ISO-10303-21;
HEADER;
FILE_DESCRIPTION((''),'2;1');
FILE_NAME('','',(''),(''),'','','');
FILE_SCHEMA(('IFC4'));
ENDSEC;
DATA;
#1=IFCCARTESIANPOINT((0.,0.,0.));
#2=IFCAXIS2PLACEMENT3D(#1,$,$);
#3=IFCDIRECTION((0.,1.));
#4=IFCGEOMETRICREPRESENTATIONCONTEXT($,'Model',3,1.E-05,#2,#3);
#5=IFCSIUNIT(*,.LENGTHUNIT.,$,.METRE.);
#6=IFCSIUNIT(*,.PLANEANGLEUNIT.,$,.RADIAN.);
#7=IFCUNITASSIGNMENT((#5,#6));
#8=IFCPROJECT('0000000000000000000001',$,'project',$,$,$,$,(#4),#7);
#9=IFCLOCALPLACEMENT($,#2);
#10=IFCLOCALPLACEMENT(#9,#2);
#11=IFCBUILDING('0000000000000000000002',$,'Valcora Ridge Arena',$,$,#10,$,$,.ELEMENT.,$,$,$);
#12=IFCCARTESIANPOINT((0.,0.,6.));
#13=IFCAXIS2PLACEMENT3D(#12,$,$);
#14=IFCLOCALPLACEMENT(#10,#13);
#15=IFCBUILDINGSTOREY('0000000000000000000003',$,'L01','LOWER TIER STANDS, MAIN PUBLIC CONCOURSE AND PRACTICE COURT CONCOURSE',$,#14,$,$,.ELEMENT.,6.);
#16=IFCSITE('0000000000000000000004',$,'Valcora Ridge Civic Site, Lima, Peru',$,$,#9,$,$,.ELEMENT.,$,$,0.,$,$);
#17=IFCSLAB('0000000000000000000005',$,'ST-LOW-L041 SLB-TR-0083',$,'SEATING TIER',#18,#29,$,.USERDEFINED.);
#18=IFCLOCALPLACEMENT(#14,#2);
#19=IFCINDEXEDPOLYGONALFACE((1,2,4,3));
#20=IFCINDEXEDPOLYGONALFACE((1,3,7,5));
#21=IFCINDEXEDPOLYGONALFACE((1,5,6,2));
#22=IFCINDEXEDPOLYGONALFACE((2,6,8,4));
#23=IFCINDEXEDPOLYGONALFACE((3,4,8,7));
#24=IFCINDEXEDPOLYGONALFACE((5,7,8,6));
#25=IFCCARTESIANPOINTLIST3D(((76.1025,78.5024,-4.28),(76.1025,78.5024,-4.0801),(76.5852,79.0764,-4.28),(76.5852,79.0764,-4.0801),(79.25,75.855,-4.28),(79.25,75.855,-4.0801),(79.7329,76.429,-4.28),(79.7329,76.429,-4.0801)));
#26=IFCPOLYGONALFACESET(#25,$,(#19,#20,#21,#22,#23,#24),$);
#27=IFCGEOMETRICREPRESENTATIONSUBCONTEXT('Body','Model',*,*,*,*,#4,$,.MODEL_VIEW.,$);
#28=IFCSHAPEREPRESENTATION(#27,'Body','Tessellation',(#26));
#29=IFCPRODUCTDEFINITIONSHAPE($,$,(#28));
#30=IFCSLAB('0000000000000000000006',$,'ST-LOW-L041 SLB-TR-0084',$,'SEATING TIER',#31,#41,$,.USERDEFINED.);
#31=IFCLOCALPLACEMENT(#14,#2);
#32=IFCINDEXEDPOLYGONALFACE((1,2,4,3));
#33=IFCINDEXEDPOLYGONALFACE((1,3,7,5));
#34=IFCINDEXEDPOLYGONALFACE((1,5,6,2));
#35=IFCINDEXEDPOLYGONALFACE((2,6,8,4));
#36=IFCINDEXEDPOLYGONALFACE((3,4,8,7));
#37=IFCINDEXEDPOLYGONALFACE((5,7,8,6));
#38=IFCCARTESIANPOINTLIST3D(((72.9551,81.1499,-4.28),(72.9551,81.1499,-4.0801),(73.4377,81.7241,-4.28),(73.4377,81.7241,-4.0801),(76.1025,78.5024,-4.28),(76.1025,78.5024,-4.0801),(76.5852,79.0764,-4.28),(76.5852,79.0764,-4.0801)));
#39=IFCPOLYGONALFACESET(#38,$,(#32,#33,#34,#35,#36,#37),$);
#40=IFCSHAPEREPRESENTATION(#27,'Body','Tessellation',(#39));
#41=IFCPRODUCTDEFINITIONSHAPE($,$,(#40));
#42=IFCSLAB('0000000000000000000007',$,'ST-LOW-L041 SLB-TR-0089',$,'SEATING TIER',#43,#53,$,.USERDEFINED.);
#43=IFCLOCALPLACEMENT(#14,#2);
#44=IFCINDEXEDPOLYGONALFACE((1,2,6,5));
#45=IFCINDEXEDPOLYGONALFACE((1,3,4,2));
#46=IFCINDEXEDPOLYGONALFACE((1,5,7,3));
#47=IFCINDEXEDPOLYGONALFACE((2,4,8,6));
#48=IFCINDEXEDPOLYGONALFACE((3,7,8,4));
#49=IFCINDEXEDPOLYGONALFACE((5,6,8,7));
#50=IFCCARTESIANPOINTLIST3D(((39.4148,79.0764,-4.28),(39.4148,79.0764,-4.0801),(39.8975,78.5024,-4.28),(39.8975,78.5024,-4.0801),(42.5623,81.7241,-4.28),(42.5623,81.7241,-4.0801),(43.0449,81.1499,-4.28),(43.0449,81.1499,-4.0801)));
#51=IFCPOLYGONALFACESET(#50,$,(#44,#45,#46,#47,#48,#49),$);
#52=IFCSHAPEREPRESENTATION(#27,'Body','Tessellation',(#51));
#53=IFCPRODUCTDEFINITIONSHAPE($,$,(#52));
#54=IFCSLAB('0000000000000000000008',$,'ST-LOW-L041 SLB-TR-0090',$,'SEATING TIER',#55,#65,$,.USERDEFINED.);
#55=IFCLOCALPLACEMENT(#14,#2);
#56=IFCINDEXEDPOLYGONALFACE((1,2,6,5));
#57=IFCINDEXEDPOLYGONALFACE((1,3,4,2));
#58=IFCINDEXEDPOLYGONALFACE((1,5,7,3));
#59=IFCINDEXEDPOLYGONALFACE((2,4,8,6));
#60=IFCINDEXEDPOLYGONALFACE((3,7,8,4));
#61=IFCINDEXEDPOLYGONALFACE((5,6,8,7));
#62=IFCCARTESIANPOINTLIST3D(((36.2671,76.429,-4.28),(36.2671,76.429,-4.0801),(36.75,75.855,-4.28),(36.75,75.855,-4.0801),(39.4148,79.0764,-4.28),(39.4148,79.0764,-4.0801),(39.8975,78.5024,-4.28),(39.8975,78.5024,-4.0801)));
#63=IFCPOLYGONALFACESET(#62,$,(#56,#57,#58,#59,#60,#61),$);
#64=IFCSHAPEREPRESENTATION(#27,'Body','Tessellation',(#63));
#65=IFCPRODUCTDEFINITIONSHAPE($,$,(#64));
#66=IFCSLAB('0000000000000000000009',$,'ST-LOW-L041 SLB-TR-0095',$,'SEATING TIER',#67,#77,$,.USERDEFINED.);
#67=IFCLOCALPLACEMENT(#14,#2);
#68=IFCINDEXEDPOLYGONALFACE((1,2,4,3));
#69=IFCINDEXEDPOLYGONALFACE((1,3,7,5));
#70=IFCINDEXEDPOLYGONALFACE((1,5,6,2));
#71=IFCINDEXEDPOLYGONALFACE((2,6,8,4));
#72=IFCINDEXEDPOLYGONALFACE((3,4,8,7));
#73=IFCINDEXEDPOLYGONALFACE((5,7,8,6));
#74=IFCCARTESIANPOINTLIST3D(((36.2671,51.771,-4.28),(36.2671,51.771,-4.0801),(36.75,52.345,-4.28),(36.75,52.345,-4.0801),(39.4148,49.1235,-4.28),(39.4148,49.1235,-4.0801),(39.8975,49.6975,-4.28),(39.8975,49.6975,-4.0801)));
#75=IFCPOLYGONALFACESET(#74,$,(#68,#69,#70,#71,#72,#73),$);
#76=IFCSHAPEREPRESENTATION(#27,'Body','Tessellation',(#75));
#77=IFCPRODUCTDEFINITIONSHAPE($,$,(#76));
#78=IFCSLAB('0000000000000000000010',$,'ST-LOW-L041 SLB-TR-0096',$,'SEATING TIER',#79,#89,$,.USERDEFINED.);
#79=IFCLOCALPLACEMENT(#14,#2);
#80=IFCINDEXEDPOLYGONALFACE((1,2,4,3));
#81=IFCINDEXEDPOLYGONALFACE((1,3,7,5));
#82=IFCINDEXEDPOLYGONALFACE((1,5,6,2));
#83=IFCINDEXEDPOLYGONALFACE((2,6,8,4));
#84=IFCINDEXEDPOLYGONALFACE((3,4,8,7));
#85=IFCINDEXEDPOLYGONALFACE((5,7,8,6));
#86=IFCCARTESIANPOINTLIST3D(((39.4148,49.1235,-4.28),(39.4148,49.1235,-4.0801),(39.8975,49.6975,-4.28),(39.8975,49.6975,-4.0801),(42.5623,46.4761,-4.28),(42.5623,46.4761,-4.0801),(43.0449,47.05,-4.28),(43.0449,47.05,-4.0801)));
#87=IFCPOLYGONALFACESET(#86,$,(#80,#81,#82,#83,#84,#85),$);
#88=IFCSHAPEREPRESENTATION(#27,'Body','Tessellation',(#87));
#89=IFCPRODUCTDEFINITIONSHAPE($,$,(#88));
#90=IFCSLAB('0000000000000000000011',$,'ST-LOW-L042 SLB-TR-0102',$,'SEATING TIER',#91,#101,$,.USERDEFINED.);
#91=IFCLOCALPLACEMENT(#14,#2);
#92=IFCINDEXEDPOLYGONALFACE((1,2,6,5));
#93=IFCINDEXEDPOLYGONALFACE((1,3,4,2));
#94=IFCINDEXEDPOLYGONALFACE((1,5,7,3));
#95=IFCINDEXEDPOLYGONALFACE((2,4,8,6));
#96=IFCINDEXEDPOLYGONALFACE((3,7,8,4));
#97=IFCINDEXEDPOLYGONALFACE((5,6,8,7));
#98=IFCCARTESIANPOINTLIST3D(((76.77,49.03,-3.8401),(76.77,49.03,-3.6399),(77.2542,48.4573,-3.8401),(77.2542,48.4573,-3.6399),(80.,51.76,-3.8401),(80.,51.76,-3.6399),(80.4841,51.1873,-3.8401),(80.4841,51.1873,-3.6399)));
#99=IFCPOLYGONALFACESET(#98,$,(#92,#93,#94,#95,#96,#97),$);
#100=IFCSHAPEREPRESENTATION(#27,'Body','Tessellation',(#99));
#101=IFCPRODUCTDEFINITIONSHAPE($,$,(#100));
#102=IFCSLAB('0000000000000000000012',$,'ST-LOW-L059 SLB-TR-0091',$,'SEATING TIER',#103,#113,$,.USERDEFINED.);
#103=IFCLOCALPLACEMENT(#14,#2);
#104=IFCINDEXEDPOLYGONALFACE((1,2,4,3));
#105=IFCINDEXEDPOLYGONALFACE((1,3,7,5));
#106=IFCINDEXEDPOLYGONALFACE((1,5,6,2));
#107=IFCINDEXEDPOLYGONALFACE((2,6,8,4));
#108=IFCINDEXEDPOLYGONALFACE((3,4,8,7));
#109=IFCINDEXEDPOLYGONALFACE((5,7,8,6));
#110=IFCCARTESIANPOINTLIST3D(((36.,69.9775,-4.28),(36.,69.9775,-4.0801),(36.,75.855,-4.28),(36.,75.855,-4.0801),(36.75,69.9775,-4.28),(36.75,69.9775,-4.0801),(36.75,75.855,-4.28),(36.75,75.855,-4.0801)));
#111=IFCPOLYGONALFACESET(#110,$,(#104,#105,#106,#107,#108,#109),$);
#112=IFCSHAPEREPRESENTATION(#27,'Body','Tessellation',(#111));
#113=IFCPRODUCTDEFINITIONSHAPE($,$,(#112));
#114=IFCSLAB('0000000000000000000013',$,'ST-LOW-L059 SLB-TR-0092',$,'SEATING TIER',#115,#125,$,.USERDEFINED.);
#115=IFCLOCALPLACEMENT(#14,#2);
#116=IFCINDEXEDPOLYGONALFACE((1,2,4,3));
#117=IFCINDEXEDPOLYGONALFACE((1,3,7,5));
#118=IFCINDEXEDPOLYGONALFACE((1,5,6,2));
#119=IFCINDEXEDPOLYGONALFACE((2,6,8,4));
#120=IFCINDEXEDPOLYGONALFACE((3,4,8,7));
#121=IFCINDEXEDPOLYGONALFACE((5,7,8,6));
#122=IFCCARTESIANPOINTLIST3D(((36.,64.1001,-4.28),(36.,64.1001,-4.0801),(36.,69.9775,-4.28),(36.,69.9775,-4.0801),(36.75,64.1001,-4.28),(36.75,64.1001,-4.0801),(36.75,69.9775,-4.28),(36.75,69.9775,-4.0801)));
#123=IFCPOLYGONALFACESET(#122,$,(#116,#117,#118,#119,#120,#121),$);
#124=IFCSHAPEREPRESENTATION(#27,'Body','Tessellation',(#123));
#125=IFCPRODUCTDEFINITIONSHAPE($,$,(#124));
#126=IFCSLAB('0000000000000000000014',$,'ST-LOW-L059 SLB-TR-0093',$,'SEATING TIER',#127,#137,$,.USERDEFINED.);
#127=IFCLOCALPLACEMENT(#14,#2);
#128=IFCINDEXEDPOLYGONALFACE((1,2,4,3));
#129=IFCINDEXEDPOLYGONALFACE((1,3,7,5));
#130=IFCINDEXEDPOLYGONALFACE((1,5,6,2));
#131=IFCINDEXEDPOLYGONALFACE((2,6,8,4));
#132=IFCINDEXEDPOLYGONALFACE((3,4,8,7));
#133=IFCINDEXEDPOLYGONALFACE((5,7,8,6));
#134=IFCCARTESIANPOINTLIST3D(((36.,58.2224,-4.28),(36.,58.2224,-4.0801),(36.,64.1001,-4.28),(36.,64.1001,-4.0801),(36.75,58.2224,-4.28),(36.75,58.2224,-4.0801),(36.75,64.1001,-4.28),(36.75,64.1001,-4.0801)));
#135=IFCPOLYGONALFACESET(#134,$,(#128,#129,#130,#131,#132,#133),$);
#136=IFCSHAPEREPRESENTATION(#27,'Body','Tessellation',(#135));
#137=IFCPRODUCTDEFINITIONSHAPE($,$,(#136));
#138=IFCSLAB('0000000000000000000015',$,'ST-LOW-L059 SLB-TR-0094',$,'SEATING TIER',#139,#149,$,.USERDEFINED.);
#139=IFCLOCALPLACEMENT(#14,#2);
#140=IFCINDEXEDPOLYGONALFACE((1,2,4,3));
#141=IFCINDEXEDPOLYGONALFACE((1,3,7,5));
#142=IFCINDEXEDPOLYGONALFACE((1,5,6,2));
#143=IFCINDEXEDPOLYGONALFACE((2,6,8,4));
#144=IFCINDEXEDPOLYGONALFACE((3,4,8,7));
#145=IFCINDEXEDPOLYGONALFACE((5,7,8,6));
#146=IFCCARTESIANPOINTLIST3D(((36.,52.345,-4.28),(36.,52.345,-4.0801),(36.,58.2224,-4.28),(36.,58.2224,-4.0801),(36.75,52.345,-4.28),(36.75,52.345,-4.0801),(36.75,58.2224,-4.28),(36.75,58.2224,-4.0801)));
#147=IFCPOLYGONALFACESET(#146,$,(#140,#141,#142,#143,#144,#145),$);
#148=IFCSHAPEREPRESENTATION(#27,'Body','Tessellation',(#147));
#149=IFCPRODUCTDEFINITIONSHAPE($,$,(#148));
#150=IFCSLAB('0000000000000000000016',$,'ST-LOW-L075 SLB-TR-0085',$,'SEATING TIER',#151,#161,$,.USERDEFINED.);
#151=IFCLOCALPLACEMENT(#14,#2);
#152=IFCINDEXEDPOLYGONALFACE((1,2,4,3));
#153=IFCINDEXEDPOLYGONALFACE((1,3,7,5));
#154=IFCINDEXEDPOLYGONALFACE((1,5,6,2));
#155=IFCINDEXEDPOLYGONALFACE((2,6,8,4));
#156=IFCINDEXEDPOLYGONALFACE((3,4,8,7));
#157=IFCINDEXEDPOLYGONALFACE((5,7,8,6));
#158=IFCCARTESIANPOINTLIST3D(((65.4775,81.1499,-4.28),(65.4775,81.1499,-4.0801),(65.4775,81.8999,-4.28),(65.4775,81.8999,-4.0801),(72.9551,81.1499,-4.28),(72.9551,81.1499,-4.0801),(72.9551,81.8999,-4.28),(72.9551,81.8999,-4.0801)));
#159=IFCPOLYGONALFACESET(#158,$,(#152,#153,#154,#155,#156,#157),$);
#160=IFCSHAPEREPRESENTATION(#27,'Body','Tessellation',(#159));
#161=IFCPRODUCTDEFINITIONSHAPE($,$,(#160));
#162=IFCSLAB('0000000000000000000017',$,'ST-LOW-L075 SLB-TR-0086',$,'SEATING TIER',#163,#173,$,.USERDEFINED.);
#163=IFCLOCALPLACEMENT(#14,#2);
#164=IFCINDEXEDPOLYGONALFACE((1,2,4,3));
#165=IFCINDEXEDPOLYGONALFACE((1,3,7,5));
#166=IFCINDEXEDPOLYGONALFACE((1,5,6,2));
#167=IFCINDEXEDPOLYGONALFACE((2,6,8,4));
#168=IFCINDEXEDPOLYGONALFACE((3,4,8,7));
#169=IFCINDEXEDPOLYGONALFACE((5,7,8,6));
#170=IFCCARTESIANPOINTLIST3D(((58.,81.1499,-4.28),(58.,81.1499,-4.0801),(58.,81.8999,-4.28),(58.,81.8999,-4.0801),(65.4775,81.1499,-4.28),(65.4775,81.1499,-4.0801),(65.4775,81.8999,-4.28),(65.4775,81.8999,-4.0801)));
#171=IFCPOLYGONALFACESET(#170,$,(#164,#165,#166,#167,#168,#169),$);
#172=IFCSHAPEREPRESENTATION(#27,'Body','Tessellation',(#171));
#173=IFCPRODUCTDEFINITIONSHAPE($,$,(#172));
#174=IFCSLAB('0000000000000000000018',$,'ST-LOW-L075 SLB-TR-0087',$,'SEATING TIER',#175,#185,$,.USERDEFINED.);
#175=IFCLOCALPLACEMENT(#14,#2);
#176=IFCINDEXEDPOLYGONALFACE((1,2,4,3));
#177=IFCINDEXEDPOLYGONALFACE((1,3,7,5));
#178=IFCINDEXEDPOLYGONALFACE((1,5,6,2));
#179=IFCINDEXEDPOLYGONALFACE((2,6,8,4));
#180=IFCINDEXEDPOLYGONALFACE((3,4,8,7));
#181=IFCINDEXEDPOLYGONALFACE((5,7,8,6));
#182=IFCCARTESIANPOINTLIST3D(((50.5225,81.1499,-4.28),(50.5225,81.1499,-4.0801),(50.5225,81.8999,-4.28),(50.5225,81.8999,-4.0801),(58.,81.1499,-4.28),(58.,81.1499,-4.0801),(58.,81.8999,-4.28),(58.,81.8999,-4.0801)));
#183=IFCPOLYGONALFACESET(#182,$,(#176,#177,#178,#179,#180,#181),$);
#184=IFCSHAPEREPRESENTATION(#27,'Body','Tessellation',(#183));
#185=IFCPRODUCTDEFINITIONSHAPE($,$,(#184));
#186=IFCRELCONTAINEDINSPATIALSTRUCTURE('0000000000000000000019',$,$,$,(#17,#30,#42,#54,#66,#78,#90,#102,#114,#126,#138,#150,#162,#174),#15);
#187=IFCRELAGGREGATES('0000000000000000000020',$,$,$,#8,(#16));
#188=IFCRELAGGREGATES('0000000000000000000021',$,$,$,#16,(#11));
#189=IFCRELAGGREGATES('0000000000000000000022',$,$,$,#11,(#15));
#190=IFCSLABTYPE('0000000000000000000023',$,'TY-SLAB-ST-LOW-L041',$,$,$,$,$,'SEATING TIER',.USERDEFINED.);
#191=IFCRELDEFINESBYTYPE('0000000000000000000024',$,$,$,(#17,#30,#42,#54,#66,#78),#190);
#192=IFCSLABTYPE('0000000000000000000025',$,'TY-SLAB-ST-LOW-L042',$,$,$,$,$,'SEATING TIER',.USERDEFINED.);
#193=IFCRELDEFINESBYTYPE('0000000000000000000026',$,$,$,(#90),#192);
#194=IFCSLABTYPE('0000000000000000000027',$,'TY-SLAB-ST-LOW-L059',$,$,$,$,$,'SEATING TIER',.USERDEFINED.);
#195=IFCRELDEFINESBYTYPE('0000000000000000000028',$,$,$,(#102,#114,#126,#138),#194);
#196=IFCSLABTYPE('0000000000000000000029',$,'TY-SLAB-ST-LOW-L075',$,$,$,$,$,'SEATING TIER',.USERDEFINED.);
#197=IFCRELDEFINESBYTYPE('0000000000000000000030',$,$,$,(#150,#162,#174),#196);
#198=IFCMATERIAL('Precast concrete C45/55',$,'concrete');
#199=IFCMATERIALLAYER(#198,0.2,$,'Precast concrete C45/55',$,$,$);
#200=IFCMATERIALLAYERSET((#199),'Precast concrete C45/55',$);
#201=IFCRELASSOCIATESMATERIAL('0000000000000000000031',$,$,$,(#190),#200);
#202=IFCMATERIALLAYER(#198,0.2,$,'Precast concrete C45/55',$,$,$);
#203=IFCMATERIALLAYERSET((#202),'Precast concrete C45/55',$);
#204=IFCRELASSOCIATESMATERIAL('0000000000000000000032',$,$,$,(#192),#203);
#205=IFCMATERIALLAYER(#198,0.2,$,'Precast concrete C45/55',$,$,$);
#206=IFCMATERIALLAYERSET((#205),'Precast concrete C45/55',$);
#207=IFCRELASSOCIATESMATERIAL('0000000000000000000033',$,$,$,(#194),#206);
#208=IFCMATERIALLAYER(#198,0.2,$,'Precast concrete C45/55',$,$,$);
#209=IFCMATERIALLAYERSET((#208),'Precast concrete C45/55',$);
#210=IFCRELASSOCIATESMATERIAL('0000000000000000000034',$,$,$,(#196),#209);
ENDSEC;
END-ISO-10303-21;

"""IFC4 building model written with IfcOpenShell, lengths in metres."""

from ifc_helpers import new_model, si_unit, direction, frame, origin, place, context, subcontext, project, spatial, polyline, outline, extrude, material, layer, layer_set, type_object, element, save


model = new_model("IFC4")

# Units and contexts
model_context = context("Model", 3, precision=1e-05, world=origin(), true_north=direction((0.0, 1.0)))
body_context = subcontext(model_context, "Body", "Model", "MODEL_VIEW")
ifc_project = project(units=[si_unit("LENGTHUNIT", "METRE"), si_unit("PLANEANGLEUNIT", "RADIAN")], contexts=[model_context])

# Site, building, storey
site_placement = place(None, origin())
site = spatial("IfcSite", under=ifc_project, at=site_placement, Name="Valcora Ridge Civic Site, Lima, Peru", CompositionType="ELEMENT", RefElevation=0.0)
building_placement = place(site_placement, origin())
building = spatial("IfcBuilding", under=site, at=building_placement, Name="Valcora Ridge Arena", CompositionType="ELEMENT")
storey_placement = place(building_placement, frame((0.0, 0.0, 6.0)))
storey = spatial("IfcBuildingStorey", under=building, at=storey_placement, Name="L01", Description="LOWER TIER STANDS, MAIN PUBLIC CONCOURSE AND PRACTICE COURT CONCOURSE", CompositionType="ELEMENT", Elevation=6.0)

# Slabs
ifc_material = material(Name="Precast concrete C45/55", Category="concrete")
ifc_layer_1 = layer(ifc_material, 0.2, Name="Precast concrete C45/55")
ifc_layer_set_1 = layer_set([ifc_layer_1], Name="Precast concrete C45/55")
slab_type_1 = type_object("IfcSlabType", Name="TY-SLAB-ST-LOW-L041", ElementType="SEATING TIER", PredefinedType="USERDEFINED", material=ifc_layer_set_1)
slab_1_placement = place(storey_placement, frame((0.0, 0.0, -4.28)))
element("IfcSlab", 1, at=slab_1_placement, inside=storey, type_object=slab_type_1, Name="ST-LOW-L041 SLB-TR-0083", ObjectType="SEATING TIER", PredefinedType="USERDEFINED", context=body_context, shape_type="SweptSolid", body=[
    extrude(outline(polyline([(79.25, 75.855), (76.1025, 78.5024), (76.5852, 79.0764), (79.7329, 76.429), (79.25, 75.855)])), origin(), (0.0, 0.0, 1.0), 0.2),
])
slab_2_placement = place(storey_placement, frame((0.0, 0.0, -4.28)))
element("IfcSlab", 2, at=slab_2_placement, inside=storey, type_object=slab_type_1, Name="ST-LOW-L041 SLB-TR-0084", ObjectType="SEATING TIER", PredefinedType="USERDEFINED", context=body_context, shape_type="SweptSolid", body=[
    extrude(outline(polyline([(76.1025, 78.5024), (72.9551, 81.1499), (73.4377, 81.7241), (76.5852, 79.0764), (76.1025, 78.5024)])), origin(), (0.0, 0.0, 1.0), 0.2),
])
slab_3_placement = place(storey_placement, frame((0.0, 0.0, -4.28)))
element("IfcSlab", 3, at=slab_3_placement, inside=storey, type_object=slab_type_1, Name="ST-LOW-L041 SLB-TR-0089", ObjectType="SEATING TIER", PredefinedType="USERDEFINED", context=body_context, shape_type="SweptSolid", body=[
    extrude(outline(polyline([(43.0449, 81.1499), (39.8975, 78.5024), (39.4148, 79.0764), (42.5623, 81.7241), (43.0449, 81.1499)])), origin(), (0.0, 0.0, 1.0), 0.2),
])
slab_4_placement = place(storey_placement, frame((0.0, 0.0, -4.28)))
element("IfcSlab", 4, at=slab_4_placement, inside=storey, type_object=slab_type_1, Name="ST-LOW-L041 SLB-TR-0090", ObjectType="SEATING TIER", PredefinedType="USERDEFINED", context=body_context, shape_type="SweptSolid", body=[
    extrude(outline(polyline([(39.8975, 78.5024), (36.75, 75.855), (36.2671, 76.429), (39.4148, 79.0764), (39.8975, 78.5024)])), origin(), (0.0, 0.0, 1.0), 0.2),
])
slab_5_placement = place(storey_placement, frame((0.0, 0.0, -4.28)))
element("IfcSlab", 5, at=slab_5_placement, inside=storey, type_object=slab_type_1, Name="ST-LOW-L041 SLB-TR-0095", ObjectType="SEATING TIER", PredefinedType="USERDEFINED", context=body_context, shape_type="SweptSolid", body=[
    extrude(outline(polyline([(36.75, 52.345), (39.8975, 49.6975), (39.4148, 49.1235), (36.2671, 51.771), (36.75, 52.345)])), origin(), (0.0, 0.0, 1.0), 0.2),
])
slab_6_placement = place(storey_placement, frame((0.0, 0.0, -4.28)))
element("IfcSlab", 6, at=slab_6_placement, inside=storey, type_object=slab_type_1, Name="ST-LOW-L041 SLB-TR-0096", ObjectType="SEATING TIER", PredefinedType="USERDEFINED", context=body_context, shape_type="SweptSolid", body=[
    extrude(outline(polyline([(39.8975, 49.6975), (43.0449, 47.05), (42.5623, 46.4761), (39.4148, 49.1235), (39.8975, 49.6975)])), origin(), (0.0, 0.0, 1.0), 0.2),
])
ifc_layer_2 = layer(ifc_material, 0.2, Name="Precast concrete C45/55")
ifc_layer_set_2 = layer_set([ifc_layer_2], Name="Precast concrete C45/55")
slab_type_2 = type_object("IfcSlabType", Name="TY-SLAB-ST-LOW-L042", ElementType="SEATING TIER", PredefinedType="USERDEFINED", material=ifc_layer_set_2)
slab_7_placement = place(storey_placement, frame((0.0, 0.0, -3.8401)))
element("IfcSlab", 7, at=slab_7_placement, inside=storey, type_object=slab_type_2, Name="ST-LOW-L042 SLB-TR-0102", ObjectType="SEATING TIER", PredefinedType="USERDEFINED", context=body_context, shape_type="SweptSolid", body=[
    extrude(outline(polyline([(76.77, 49.03), (80.0, 51.76), (80.4841, 51.1873), (77.2542, 48.4573), (76.77, 49.03)])), origin(), (0.0, 0.0, 1.0), 0.2002),
])
ifc_layer_3 = layer(ifc_material, 0.2, Name="Precast concrete C45/55")
ifc_layer_set_3 = layer_set([ifc_layer_3], Name="Precast concrete C45/55")
slab_type_3 = type_object("IfcSlabType", Name="TY-SLAB-ST-LOW-L059", ElementType="SEATING TIER", PredefinedType="USERDEFINED", material=ifc_layer_set_3)
slab_8_placement = place(storey_placement, frame((0.0, 0.0, -4.28)))
element("IfcSlab", 8, at=slab_8_placement, inside=storey, type_object=slab_type_3, Name="ST-LOW-L059 SLB-TR-0091", ObjectType="SEATING TIER", PredefinedType="USERDEFINED", context=body_context, shape_type="SweptSolid", body=[
    extrude(outline(polyline([(36.75, 75.855), (36.75, 69.9775), (36.0, 69.9775), (36.0, 75.855), (36.75, 75.855)])), origin(), (0.0, 0.0, 1.0), 0.2),
])
slab_9_placement = place(storey_placement, frame((0.0, 0.0, -4.28)))
element("IfcSlab", 9, at=slab_9_placement, inside=storey, type_object=slab_type_3, Name="ST-LOW-L059 SLB-TR-0092", ObjectType="SEATING TIER", PredefinedType="USERDEFINED", context=body_context, shape_type="SweptSolid", body=[
    extrude(outline(polyline([(36.75, 69.9775), (36.75, 64.1001), (36.0, 64.1001), (36.0, 69.9775), (36.75, 69.9775)])), origin(), (0.0, 0.0, 1.0), 0.2),
])
slab_10_placement = place(storey_placement, frame((0.0, 0.0, -4.28)))
element("IfcSlab", 10, at=slab_10_placement, inside=storey, type_object=slab_type_3, Name="ST-LOW-L059 SLB-TR-0093", ObjectType="SEATING TIER", PredefinedType="USERDEFINED", context=body_context, shape_type="SweptSolid", body=[
    extrude(outline(polyline([(36.75, 64.1001), (36.75, 58.2224), (36.0, 58.2224), (36.0, 64.1001), (36.75, 64.1001)])), origin(), (0.0, 0.0, 1.0), 0.2),
])
slab_11_placement = place(storey_placement, frame((0.0, 0.0, -4.28)))
element("IfcSlab", 11, at=slab_11_placement, inside=storey, type_object=slab_type_3, Name="ST-LOW-L059 SLB-TR-0094", ObjectType="SEATING TIER", PredefinedType="USERDEFINED", context=body_context, shape_type="SweptSolid", body=[
    extrude(outline(polyline([(36.75, 58.2224), (36.75, 52.345), (36.0, 52.345), (36.0, 58.2224), (36.75, 58.2224)])), origin(), (0.0, 0.0, 1.0), 0.2),
])
ifc_layer_4 = layer(ifc_material, 0.2, Name="Precast concrete C45/55")
ifc_layer_set_4 = layer_set([ifc_layer_4], Name="Precast concrete C45/55")
slab_type_4 = type_object("IfcSlabType", Name="TY-SLAB-ST-LOW-L075", ElementType="SEATING TIER", PredefinedType="USERDEFINED", material=ifc_layer_set_4)
slab_12_placement = place(storey_placement, frame((0.0, 0.0, -4.28)))
element("IfcSlab", 12, at=slab_12_placement, inside=storey, type_object=slab_type_4, Name="ST-LOW-L075 SLB-TR-0085", ObjectType="SEATING TIER", PredefinedType="USERDEFINED", context=body_context, shape_type="SweptSolid", body=[
    extrude(outline(polyline([(72.9551, 81.1499), (65.4775, 81.1499), (65.4775, 81.8999), (72.9551, 81.8999), (72.9551, 81.1499)])), origin(), (0.0, 0.0, 1.0), 0.2),
])
slab_13_placement = place(storey_placement, frame((0.0, 0.0, -4.28)))
element("IfcSlab", 13, at=slab_13_placement, inside=storey, type_object=slab_type_4, Name="ST-LOW-L075 SLB-TR-0086", ObjectType="SEATING TIER", PredefinedType="USERDEFINED", context=body_context, shape_type="SweptSolid", body=[
    extrude(outline(polyline([(65.4775, 81.1499), (58.0, 81.1499), (58.0, 81.8999), (65.4775, 81.8999), (65.4775, 81.1499)])), origin(), (0.0, 0.0, 1.0), 0.2),
])
slab_14_placement = place(storey_placement, frame((0.0, 0.0, -4.28)))
element("IfcSlab", 14, at=slab_14_placement, inside=storey, type_object=slab_type_4, Name="ST-LOW-L075 SLB-TR-0087", ObjectType="SEATING TIER", PredefinedType="USERDEFINED", context=body_context, shape_type="SweptSolid", body=[
    extrude(outline(polyline([(58.0, 81.1499), (50.5225, 81.1499), (50.5225, 81.8999), (58.0, 81.8999), (58.0, 81.1499)])), origin(), (0.0, 0.0, 1.0), 0.2),
])

save(model, "model.ifc")
